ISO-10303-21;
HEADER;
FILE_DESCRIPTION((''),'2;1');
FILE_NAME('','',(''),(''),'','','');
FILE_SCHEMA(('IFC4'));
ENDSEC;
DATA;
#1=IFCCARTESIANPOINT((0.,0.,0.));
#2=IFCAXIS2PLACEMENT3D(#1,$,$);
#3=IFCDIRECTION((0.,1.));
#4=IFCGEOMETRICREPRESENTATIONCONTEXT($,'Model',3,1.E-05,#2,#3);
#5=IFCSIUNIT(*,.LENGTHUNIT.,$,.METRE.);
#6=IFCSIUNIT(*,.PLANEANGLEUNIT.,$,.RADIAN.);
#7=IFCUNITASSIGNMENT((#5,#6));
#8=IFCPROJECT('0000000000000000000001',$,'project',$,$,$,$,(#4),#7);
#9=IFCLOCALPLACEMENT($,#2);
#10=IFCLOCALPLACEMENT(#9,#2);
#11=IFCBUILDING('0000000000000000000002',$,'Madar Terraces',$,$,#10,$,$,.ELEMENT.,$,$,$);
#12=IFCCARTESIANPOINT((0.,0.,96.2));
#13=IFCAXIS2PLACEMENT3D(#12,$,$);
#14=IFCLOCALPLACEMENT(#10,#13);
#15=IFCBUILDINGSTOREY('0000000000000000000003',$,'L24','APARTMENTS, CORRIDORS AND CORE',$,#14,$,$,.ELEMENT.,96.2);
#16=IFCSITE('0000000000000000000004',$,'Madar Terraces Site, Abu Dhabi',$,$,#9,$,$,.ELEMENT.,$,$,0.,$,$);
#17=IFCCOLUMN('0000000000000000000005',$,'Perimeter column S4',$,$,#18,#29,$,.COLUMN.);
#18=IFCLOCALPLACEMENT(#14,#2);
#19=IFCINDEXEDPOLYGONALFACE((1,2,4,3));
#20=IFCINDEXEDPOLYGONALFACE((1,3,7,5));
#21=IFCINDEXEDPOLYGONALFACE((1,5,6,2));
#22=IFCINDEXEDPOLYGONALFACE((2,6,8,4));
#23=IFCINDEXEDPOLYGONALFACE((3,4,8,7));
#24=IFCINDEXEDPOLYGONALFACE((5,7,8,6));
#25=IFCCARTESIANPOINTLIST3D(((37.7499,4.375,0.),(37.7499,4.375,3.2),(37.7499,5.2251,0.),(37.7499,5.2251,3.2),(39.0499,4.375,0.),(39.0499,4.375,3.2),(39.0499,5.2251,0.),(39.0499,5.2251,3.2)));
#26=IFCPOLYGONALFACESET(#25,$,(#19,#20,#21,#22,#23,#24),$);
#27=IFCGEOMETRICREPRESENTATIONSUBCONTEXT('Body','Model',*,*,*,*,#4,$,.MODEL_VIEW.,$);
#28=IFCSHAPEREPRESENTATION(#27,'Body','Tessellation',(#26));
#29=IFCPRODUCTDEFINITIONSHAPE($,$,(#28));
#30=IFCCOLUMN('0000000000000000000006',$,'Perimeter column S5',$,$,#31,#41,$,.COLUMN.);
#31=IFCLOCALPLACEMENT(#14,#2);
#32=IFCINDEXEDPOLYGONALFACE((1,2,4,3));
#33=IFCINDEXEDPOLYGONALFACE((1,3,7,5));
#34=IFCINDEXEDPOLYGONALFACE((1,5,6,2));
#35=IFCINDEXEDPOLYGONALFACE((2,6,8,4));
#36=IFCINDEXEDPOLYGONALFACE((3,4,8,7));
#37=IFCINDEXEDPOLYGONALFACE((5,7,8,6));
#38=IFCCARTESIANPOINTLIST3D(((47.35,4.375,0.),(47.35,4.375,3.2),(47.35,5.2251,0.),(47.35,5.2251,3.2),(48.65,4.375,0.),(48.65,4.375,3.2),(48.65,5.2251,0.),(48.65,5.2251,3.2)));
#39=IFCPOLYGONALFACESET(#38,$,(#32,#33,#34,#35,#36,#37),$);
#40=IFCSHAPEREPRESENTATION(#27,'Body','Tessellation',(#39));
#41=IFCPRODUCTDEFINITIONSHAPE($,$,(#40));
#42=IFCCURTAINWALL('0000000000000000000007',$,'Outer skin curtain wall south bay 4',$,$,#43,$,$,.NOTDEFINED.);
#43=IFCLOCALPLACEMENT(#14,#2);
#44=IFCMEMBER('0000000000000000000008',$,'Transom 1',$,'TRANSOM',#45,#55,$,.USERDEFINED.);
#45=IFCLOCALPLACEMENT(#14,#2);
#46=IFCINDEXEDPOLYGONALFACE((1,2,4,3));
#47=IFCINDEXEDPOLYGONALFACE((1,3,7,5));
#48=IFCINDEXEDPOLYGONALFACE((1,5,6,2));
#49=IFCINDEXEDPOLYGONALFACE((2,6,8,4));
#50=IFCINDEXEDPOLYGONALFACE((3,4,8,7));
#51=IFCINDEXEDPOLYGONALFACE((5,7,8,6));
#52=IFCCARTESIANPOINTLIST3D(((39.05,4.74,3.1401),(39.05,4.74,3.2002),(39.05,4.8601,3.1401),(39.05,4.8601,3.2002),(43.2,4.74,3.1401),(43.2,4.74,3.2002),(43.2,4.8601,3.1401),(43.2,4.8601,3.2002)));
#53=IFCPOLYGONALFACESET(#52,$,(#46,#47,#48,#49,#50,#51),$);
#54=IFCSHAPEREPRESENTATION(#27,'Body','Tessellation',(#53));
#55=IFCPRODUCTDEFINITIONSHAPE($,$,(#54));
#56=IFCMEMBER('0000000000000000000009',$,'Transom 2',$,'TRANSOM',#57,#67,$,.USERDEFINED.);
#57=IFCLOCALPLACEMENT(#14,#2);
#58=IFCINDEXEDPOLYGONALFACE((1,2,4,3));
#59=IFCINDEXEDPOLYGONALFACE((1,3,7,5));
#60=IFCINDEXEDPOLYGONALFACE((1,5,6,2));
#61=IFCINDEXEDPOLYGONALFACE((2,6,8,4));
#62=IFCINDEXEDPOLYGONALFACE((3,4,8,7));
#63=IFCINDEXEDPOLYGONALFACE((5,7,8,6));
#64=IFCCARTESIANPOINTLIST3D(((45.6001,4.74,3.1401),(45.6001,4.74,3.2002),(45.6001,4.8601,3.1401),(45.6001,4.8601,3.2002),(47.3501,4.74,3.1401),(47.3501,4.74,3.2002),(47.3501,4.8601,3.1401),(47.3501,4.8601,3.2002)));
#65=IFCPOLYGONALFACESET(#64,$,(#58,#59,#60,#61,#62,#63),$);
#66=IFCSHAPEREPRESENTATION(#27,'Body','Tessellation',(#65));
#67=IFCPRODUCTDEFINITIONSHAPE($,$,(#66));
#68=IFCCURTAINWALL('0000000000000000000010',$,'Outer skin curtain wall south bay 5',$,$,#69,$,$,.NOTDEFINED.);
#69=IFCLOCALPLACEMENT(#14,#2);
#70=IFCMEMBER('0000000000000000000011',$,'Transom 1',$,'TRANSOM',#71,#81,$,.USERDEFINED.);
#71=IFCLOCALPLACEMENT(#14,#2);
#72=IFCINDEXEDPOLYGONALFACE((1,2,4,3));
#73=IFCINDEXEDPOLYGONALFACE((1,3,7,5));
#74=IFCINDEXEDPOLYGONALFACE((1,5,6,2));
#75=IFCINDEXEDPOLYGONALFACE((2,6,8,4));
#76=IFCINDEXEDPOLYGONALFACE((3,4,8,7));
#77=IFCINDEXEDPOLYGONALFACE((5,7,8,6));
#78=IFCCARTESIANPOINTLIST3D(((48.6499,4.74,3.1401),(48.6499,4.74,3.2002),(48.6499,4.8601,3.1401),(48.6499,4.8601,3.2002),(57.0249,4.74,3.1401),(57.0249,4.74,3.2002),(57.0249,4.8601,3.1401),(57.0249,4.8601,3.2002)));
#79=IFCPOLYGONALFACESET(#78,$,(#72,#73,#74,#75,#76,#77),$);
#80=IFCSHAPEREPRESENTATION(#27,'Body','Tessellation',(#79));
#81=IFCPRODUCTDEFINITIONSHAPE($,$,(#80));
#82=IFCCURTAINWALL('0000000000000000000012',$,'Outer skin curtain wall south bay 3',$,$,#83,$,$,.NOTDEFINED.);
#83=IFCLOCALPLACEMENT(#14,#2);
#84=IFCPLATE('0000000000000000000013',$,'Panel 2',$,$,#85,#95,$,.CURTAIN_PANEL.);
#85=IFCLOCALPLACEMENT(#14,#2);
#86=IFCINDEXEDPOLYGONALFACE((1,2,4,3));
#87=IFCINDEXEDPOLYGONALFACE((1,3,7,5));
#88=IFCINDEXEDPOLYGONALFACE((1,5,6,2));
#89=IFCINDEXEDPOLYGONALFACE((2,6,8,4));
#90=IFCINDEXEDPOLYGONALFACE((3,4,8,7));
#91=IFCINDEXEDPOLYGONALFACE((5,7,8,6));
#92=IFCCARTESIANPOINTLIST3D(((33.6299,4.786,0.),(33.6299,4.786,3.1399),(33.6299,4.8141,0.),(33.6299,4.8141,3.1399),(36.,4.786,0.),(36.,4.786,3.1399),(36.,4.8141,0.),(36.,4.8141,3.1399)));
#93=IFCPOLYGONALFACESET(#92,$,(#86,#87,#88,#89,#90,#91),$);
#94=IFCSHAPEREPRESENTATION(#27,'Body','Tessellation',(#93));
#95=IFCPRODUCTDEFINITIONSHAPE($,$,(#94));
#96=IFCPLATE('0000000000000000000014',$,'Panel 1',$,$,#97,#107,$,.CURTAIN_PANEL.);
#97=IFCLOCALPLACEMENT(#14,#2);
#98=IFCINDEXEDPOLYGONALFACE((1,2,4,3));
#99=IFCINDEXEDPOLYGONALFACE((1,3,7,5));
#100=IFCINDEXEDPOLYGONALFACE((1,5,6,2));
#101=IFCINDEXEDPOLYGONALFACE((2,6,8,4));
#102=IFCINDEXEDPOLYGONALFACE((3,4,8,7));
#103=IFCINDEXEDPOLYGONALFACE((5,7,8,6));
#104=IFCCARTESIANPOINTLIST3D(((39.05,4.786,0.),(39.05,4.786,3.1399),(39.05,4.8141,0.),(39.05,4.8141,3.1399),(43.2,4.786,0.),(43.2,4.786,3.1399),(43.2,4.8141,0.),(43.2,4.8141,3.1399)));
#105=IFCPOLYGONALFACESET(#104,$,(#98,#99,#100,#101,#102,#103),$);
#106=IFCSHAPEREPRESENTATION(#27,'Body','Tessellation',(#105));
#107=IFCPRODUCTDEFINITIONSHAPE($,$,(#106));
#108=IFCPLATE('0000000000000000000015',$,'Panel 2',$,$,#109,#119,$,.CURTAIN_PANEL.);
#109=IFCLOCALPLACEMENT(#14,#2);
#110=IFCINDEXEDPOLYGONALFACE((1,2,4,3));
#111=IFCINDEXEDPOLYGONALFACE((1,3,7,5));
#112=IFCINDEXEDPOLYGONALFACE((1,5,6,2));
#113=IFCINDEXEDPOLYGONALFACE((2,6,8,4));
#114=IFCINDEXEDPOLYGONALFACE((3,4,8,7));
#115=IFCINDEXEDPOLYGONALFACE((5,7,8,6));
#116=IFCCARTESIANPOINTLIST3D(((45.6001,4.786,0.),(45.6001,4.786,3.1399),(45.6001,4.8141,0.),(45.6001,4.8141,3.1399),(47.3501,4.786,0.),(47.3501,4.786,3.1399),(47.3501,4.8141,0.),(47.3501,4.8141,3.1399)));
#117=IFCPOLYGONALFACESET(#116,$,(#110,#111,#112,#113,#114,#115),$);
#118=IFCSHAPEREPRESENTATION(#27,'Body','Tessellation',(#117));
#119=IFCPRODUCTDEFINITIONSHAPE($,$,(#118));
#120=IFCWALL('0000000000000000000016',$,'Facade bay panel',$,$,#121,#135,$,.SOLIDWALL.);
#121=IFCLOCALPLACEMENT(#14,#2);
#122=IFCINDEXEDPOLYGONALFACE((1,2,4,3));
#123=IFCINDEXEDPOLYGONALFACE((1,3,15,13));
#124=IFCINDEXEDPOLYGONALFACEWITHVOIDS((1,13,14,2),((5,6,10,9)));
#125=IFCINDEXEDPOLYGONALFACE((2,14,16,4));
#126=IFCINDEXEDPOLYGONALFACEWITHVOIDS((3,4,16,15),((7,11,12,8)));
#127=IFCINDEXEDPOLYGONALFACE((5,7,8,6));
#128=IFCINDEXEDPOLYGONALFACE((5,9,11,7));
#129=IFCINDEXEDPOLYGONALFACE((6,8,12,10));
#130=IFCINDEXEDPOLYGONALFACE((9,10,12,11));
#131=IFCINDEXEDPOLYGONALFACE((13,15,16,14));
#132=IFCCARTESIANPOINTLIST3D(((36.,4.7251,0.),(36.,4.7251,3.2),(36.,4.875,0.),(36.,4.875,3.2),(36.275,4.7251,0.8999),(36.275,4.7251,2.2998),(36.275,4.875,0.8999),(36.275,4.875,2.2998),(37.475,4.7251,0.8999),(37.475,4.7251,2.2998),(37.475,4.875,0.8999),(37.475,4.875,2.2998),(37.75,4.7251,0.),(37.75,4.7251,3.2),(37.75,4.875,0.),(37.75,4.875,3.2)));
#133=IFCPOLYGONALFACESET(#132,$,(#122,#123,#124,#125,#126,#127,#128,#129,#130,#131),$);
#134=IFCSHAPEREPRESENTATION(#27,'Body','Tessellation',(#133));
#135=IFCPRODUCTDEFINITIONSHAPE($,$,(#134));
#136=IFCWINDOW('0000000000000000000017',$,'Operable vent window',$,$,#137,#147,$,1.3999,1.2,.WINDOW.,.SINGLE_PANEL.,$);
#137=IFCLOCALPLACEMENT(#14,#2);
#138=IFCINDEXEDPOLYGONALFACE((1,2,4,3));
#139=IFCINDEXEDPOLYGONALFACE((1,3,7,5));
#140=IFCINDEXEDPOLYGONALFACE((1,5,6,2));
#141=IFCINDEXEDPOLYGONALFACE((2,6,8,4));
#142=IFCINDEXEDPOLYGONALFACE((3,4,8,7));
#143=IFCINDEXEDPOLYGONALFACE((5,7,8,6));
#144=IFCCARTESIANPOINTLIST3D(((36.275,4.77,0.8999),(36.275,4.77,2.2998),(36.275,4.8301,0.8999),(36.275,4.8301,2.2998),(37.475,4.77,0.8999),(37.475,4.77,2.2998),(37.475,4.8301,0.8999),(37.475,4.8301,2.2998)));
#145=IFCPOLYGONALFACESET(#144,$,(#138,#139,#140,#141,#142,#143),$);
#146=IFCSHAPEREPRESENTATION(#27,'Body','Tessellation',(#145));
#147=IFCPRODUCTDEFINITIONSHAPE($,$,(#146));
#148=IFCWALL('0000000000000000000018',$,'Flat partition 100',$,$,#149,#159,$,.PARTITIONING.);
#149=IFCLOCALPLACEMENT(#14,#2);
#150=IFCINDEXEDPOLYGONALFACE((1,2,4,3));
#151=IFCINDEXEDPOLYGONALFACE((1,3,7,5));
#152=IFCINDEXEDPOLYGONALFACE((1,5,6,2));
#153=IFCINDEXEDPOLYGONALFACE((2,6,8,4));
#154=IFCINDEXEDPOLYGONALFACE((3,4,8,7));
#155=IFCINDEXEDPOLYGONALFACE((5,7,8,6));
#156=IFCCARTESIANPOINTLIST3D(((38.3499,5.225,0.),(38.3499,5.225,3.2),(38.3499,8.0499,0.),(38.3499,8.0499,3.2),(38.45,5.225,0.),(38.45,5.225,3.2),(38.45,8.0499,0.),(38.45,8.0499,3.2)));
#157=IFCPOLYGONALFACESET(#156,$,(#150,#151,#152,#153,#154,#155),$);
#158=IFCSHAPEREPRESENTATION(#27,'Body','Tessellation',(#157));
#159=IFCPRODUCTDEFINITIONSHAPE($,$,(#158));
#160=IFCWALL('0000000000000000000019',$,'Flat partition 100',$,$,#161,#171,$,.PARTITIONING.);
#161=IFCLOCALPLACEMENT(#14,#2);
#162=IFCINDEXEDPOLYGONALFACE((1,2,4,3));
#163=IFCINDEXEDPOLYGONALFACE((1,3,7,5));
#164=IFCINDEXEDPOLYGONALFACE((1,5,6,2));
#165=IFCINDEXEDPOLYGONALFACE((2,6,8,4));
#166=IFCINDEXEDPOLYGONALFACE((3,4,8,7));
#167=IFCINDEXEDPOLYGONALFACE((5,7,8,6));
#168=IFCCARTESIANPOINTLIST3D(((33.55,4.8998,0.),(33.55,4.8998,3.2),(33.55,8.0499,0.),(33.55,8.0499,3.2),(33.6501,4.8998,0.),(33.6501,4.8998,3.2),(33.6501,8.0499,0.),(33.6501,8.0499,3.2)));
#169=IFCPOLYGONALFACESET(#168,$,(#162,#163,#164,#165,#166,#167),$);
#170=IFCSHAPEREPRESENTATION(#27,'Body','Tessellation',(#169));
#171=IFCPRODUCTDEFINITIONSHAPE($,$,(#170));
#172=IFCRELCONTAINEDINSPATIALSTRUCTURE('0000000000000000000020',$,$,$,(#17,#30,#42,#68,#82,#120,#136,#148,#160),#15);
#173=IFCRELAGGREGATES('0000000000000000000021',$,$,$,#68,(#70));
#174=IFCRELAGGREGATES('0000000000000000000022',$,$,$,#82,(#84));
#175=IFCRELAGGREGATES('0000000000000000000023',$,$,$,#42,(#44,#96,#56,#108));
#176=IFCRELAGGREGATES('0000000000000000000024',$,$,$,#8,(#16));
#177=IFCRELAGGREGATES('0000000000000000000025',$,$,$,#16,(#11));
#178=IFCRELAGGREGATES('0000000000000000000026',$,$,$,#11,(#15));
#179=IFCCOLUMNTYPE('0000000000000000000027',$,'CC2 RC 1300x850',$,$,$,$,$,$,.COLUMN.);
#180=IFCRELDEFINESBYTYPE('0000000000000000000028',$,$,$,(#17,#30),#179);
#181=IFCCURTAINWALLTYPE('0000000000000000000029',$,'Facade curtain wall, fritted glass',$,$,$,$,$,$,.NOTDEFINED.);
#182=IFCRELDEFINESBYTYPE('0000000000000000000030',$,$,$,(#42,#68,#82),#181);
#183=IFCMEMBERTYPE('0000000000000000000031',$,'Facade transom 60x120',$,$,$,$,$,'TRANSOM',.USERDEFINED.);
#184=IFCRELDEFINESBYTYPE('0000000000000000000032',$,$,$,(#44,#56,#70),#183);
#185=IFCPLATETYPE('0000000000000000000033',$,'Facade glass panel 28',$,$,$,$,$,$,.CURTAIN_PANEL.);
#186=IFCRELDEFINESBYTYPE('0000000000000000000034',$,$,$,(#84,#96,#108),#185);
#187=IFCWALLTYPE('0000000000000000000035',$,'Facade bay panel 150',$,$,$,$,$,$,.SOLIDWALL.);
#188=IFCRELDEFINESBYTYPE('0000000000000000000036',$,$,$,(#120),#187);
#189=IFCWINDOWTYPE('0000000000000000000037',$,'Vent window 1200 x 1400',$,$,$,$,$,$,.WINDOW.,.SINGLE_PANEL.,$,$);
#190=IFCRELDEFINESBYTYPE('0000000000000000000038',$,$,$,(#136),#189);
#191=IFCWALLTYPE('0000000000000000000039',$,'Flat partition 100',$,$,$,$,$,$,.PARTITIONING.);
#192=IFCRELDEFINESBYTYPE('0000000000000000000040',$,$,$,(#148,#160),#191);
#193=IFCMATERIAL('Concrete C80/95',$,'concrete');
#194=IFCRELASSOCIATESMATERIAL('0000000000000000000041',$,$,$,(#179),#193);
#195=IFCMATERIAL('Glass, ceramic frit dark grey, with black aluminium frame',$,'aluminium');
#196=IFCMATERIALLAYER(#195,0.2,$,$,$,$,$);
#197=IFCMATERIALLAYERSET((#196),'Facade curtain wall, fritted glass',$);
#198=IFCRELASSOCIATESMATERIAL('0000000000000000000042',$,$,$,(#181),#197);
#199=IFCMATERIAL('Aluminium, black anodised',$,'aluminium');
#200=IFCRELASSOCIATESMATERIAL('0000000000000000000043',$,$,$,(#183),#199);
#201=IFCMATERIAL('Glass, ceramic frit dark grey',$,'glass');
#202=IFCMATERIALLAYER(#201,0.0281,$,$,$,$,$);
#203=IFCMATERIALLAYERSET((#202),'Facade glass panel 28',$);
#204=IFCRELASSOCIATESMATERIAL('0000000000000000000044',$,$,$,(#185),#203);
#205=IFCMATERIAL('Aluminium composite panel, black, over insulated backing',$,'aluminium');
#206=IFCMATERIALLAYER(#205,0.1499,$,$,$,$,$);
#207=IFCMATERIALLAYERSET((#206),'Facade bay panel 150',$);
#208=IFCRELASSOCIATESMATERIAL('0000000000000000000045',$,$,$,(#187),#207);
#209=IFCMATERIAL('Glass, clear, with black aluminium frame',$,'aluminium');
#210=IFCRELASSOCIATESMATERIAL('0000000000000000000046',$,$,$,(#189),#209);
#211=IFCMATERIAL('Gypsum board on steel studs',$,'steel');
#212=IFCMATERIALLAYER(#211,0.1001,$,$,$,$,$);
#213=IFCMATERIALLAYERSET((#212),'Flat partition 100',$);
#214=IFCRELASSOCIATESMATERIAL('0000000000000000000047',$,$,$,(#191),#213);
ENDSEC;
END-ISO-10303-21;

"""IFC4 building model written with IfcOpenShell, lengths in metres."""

from ifc_helpers import new_model, si_unit, direction, frame, frame_2d, origin, origin_2d, place, context, subcontext, project, spatial, rectangle, extrude, material, layer, layer_set, material_profile, profile_set, type_object, element, fill, aggregate, save


model = new_model("IFC4")

# Units and contexts
model_context = context("Model", 3, precision=1e-05, world=origin(), true_north=direction((0.0, 1.0)))
body_context = subcontext(model_context, "Body", "Model", "MODEL_VIEW")
ifc_project = project(units=[si_unit("LENGTHUNIT", "METRE"), si_unit("PLANEANGLEUNIT", "RADIAN")], contexts=[model_context])

# Site, building, storey
site_placement = place(None, origin())
site = spatial("IfcSite", under=ifc_project, at=site_placement, Name="Madar Terraces Site, Abu Dhabi", CompositionType="ELEMENT", RefElevation=0.0)
building_placement = place(site_placement, origin())
building = spatial("IfcBuilding", under=site, at=building_placement, Name="Madar Terraces", CompositionType="ELEMENT")
storey_placement = place(building_placement, frame((0.0, 0.0, 96.2)))
storey = spatial("IfcBuildingStorey", under=building, at=storey_placement, Name="L24", Description="APARTMENTS, CORRIDORS AND CORE", CompositionType="ELEMENT", Elevation=96.2)

# Columns
ifc_material_1 = material(Name="Concrete C80/95", Category="concrete")
ifc_material_profile_1 = material_profile(ifc_material_1, rectangle(XDim=1.3, YDim=0.8501, at=origin_2d()), Name="CC2 RC 1300x850")
ifc_profile_set_1 = profile_set([ifc_material_profile_1], Name="Concrete C80/95")
column_type = type_object("IfcColumnType", Name="CC2 RC 1300x850", PredefinedType="COLUMN", material=ifc_profile_set_1)
for number, where, z_axis, x_axis, name in (
    (1, (38.3999, 4.8, 0.0), (0.0, 0.0, 1.0), (1.0, 0.0, 0.0), "Perimeter column S4"),
    (2, (48.0, 4.8, 0.0), (0.0, 0.0, 1.0), (1.0, 0.0, 0.0), "Perimeter column S5"),
):
    element("IfcColumn", number, at=place(storey_placement, frame(where, z_axis=z_axis, x_axis=x_axis)), inside=storey, type_object=column_type, Name=name, PredefinedType="COLUMN", context=body_context, shape_type="SweptSolid", body=[
        extrude(rectangle(XDim=1.3, YDim=0.8501, at=origin_2d()), origin(), (0.0, 0.0, 1.0), 3.2),
    ])

# Curtain wall, members
ifc_material_2 = material(Name="Glass, ceramic frit dark grey, with black aluminium frame", Category="aluminium")
ifc_layer_1 = layer(ifc_material_2, 0.2)
ifc_layer_set_1 = layer_set([ifc_layer_1], Name="Facade curtain wall, fritted glass")
curtain_wall_type = type_object("IfcCurtainWallType", Name="Facade curtain wall, fritted glass", PredefinedType="NOTDEFINED", material=ifc_layer_set_1)
curtain_wall_1_placement = place(storey_placement, origin())
curtain_wall_1 = element("IfcCurtainWall", 3, at=curtain_wall_1_placement, inside=storey, type_object=curtain_wall_type, Name="Outer skin curtain wall south bay 4", PredefinedType="NOTDEFINED")
ifc_material_3 = material(Name="Aluminium, black anodised", Category="aluminium")
ifc_material_profile_2 = material_profile(ifc_material_3, rectangle(XDim=0.1201, YDim=0.0601, at=origin_2d()), Name="Facade transom 60x120")
ifc_profile_set_2 = profile_set([ifc_material_profile_2], Name="Aluminium, black anodised")
member_type = type_object("IfcMemberType", Name="Facade transom 60x120", ElementType="TRANSOM", PredefinedType="USERDEFINED", material=ifc_profile_set_2)
member_1_placement = place(storey_placement, frame((39.05, 4.8, 3.1702), z_axis=(1.0, 0.0, 0.0), x_axis=(0.0, 1.0, 0.0)))
member_1 = element("IfcMember", 4, at=member_1_placement, type_object=member_type, Name="Transom 1", ObjectType="TRANSOM", PredefinedType="USERDEFINED", context=body_context, shape_type="SweptSolid", body=[
    extrude(rectangle(XDim=0.1201, YDim=0.0601, at=origin_2d()), origin(), (0.0, 0.0, 1.0), 4.1499),
])
member_2_placement = place(storey_placement, frame((45.6001, 4.8, 3.1702), z_axis=(1.0, 0.0, 0.0), x_axis=(0.0, 1.0, 0.0)))
member_2 = element("IfcMember", 5, at=member_2_placement, type_object=member_type, Name="Transom 2", ObjectType="TRANSOM", PredefinedType="USERDEFINED", context=body_context, shape_type="SweptSolid", body=[
    extrude(rectangle(XDim=0.1201, YDim=0.0601, at=origin_2d()), origin(), (0.0, 0.0, 1.0), 1.75),
])

# Curtain wall, member
curtain_wall_2_placement = place(storey_placement, origin())
curtain_wall_2 = element("IfcCurtainWall", 6, at=curtain_wall_2_placement, inside=storey, type_object=curtain_wall_type, Name="Outer skin curtain wall south bay 5", PredefinedType="NOTDEFINED")
member_3_placement = place(storey_placement, frame((48.6499, 4.8, 3.1702), z_axis=(1.0, 0.0, 0.0), x_axis=(0.0, 1.0, 0.0)))
member_3 = element("IfcMember", 7, at=member_3_placement, type_object=member_type, Name="Transom 1", ObjectType="TRANSOM", PredefinedType="USERDEFINED", context=body_context, shape_type="SweptSolid", body=[
    extrude(rectangle(XDim=0.1201, YDim=0.0601, at=origin_2d()), origin(), (0.0, 0.0, 1.0), 8.375),
])
aggregate(curtain_wall_2, [member_3])

# Curtain wall, plate
curtain_wall_3_placement = place(storey_placement, origin())
curtain_wall_3 = element("IfcCurtainWall", 8, at=curtain_wall_3_placement, inside=storey, type_object=curtain_wall_type, Name="Outer skin curtain wall south bay 3", PredefinedType="NOTDEFINED")
ifc_material_4 = material(Name="Glass, ceramic frit dark grey", Category="glass")
ifc_layer_2 = layer(ifc_material_4, 0.0281)
ifc_layer_set_2 = layer_set([ifc_layer_2], Name="Facade glass panel 28")
plate_type = type_object("IfcPlateType", Name="Facade glass panel 28", PredefinedType="CURTAIN_PANEL", material=ifc_layer_set_2)
plate_1_placement = place(storey_placement, frame((34.8149, 4.8, 0.0), z_axis=(0.0, 0.0, 1.0), x_axis=(1.0, 0.0, 0.0)))
plate_1 = element("IfcPlate", 9, at=plate_1_placement, type_object=plate_type, Name="Panel 2", PredefinedType="CURTAIN_PANEL", context=body_context, shape_type="SweptSolid", body=[
    extrude(rectangle(XDim=2.3701, YDim=0.0281, at=origin_2d()), origin(), (0.0, 0.0, 1.0), 3.1399),
])
aggregate(curtain_wall_3, [plate_1])

# Plates
plate_2_placement = place(storey_placement, frame((41.125, 4.8, 0.0), z_axis=(0.0, 0.0, 1.0), x_axis=(1.0, 0.0, 0.0)))
plate_2 = element("IfcPlate", 10, at=plate_2_placement, type_object=plate_type, Name="Panel 1", PredefinedType="CURTAIN_PANEL", context=body_context, shape_type="SweptSolid", body=[
    extrude(rectangle(XDim=4.1499, YDim=0.0281, at=origin_2d()), origin(), (0.0, 0.0, 1.0), 3.1399),
])
plate_3_placement = place(storey_placement, frame((46.4751, 4.8, 0.0), z_axis=(0.0, 0.0, 1.0), x_axis=(1.0, 0.0, 0.0)))
plate_3 = element("IfcPlate", 11, at=plate_3_placement, type_object=plate_type, Name="Panel 2", PredefinedType="CURTAIN_PANEL", context=body_context, shape_type="SweptSolid", body=[
    extrude(rectangle(XDim=1.75, YDim=0.0281, at=origin_2d()), origin(), (0.0, 0.0, 1.0), 3.1399),
])
aggregate(curtain_wall_1, [member_1, plate_2, member_2, plate_3])

# Wall, opening, window
ifc_material_5 = material(Name="Aluminium composite panel, black, over insulated backing", Category="aluminium")
ifc_layer_3 = layer(ifc_material_5, 0.1499)
ifc_layer_set_3 = layer_set([ifc_layer_3], Name="Facade bay panel 150")
wall_type_1 = type_object("IfcWallType", Name="Facade bay panel 150", PredefinedType="SOLIDWALL", material=ifc_layer_set_3)
wall_1_placement = place(storey_placement, frame((36.0, 4.8, 0.0), z_axis=(0.0, 0.0, 1.0), x_axis=(1.0, 0.0, 0.0)))
wall_1 = element("IfcWall", 12, at=wall_1_placement, inside=storey, type_object=wall_type_1, Name="Facade bay panel", PredefinedType="SOLIDWALL", context=body_context, shape_type="SweptSolid", body=[
    extrude(rectangle(XDim=1.75, YDim=0.1499, at=frame_2d((0.875, 0.0))), origin(), (0.0, 0.0, 1.0), 3.2),
])
opening_1_placement = place(wall_1_placement, frame((0.2749, 0.0, 0.8999)))
opening_1 = element("IfcOpeningElement", 13, at=opening_1_placement, cuts=wall_1, PredefinedType="OPENING", context=body_context, shape_type="SweptSolid", body=[
    extrude(rectangle(XDim=1.2, YDim=1.3999, at=frame_2d((0.6001, 0.7))), frame((0.0, 0.085, 0.0), z_axis=(0.0, -1.0, 0.0), x_axis=(1.0, 0.0, 0.0)), (0.0, 0.0, 1.0), 0.1699),
])
ifc_material_6 = material(Name="Glass, clear, with black aluminium frame", Category="aluminium")
window_type = type_object("IfcWindowType", Name="Vent window 1200 x 1400", PartitioningType="SINGLE_PANEL", PredefinedType="WINDOW", material=ifc_material_6)
window_placement = place(opening_1_placement, origin())
window = element("IfcWindow", 14, at=window_placement, inside=storey, type_object=window_type, Name="Operable vent window", OverallHeight=1.3999, OverallWidth=1.2, PartitioningType="SINGLE_PANEL", PredefinedType="WINDOW", context=body_context, shape_type="SweptSolid", body=[
    extrude(rectangle(XDim=1.2, YDim=1.3999, at=frame_2d((0.6001, 0.7))), frame((0.0, 0.03, 0.0), z_axis=(0.0, -1.0, 0.0), x_axis=(1.0, 0.0, 0.0)), (0.0, 0.0, 1.0), 0.0601),
])
fill(opening_1, window)

# Walls
ifc_material_7 = material(Name="Gypsum board on steel studs", Category="steel")
ifc_layer_4 = layer(ifc_material_7, 0.1001)
ifc_layer_set_4 = layer_set([ifc_layer_4], Name="Flat partition 100")
wall_type_2 = type_object("IfcWallType", Name="Flat partition 100", PredefinedType="PARTITIONING", material=ifc_layer_set_4)
wall_2_placement = place(storey_placement, frame((38.3999, 8.05, 0.0), z_axis=(0.0, 0.0, 1.0), x_axis=(0.0, -1.0, 0.0)))
element("IfcWall", 15, at=wall_2_placement, inside=storey, type_object=wall_type_2, Name="Flat partition 100", PredefinedType="PARTITIONING", context=body_context, shape_type="SweptSolid", body=[
    extrude(rectangle(XDim=2.825, YDim=0.1001, at=frame_2d((1.4126, 0.0))), origin(), (0.0, 0.0, 1.0), 3.2),
])
wall_3_placement = place(storey_placement, frame((33.6001, 8.05, 0.0), z_axis=(0.0, 0.0, 1.0), x_axis=(0.0, -1.0, 0.0)))
element("IfcWall", 16, at=wall_3_placement, inside=storey, type_object=wall_type_2, Name="Flat partition 100", PredefinedType="PARTITIONING", context=body_context, shape_type="SweptSolid", body=[
    extrude(rectangle(XDim=3.1501, YDim=0.1001, at=frame_2d((1.5752, 0.0))), origin(), (0.0, 0.0, 1.0), 3.2),
])

save(model, "model.ifc")
